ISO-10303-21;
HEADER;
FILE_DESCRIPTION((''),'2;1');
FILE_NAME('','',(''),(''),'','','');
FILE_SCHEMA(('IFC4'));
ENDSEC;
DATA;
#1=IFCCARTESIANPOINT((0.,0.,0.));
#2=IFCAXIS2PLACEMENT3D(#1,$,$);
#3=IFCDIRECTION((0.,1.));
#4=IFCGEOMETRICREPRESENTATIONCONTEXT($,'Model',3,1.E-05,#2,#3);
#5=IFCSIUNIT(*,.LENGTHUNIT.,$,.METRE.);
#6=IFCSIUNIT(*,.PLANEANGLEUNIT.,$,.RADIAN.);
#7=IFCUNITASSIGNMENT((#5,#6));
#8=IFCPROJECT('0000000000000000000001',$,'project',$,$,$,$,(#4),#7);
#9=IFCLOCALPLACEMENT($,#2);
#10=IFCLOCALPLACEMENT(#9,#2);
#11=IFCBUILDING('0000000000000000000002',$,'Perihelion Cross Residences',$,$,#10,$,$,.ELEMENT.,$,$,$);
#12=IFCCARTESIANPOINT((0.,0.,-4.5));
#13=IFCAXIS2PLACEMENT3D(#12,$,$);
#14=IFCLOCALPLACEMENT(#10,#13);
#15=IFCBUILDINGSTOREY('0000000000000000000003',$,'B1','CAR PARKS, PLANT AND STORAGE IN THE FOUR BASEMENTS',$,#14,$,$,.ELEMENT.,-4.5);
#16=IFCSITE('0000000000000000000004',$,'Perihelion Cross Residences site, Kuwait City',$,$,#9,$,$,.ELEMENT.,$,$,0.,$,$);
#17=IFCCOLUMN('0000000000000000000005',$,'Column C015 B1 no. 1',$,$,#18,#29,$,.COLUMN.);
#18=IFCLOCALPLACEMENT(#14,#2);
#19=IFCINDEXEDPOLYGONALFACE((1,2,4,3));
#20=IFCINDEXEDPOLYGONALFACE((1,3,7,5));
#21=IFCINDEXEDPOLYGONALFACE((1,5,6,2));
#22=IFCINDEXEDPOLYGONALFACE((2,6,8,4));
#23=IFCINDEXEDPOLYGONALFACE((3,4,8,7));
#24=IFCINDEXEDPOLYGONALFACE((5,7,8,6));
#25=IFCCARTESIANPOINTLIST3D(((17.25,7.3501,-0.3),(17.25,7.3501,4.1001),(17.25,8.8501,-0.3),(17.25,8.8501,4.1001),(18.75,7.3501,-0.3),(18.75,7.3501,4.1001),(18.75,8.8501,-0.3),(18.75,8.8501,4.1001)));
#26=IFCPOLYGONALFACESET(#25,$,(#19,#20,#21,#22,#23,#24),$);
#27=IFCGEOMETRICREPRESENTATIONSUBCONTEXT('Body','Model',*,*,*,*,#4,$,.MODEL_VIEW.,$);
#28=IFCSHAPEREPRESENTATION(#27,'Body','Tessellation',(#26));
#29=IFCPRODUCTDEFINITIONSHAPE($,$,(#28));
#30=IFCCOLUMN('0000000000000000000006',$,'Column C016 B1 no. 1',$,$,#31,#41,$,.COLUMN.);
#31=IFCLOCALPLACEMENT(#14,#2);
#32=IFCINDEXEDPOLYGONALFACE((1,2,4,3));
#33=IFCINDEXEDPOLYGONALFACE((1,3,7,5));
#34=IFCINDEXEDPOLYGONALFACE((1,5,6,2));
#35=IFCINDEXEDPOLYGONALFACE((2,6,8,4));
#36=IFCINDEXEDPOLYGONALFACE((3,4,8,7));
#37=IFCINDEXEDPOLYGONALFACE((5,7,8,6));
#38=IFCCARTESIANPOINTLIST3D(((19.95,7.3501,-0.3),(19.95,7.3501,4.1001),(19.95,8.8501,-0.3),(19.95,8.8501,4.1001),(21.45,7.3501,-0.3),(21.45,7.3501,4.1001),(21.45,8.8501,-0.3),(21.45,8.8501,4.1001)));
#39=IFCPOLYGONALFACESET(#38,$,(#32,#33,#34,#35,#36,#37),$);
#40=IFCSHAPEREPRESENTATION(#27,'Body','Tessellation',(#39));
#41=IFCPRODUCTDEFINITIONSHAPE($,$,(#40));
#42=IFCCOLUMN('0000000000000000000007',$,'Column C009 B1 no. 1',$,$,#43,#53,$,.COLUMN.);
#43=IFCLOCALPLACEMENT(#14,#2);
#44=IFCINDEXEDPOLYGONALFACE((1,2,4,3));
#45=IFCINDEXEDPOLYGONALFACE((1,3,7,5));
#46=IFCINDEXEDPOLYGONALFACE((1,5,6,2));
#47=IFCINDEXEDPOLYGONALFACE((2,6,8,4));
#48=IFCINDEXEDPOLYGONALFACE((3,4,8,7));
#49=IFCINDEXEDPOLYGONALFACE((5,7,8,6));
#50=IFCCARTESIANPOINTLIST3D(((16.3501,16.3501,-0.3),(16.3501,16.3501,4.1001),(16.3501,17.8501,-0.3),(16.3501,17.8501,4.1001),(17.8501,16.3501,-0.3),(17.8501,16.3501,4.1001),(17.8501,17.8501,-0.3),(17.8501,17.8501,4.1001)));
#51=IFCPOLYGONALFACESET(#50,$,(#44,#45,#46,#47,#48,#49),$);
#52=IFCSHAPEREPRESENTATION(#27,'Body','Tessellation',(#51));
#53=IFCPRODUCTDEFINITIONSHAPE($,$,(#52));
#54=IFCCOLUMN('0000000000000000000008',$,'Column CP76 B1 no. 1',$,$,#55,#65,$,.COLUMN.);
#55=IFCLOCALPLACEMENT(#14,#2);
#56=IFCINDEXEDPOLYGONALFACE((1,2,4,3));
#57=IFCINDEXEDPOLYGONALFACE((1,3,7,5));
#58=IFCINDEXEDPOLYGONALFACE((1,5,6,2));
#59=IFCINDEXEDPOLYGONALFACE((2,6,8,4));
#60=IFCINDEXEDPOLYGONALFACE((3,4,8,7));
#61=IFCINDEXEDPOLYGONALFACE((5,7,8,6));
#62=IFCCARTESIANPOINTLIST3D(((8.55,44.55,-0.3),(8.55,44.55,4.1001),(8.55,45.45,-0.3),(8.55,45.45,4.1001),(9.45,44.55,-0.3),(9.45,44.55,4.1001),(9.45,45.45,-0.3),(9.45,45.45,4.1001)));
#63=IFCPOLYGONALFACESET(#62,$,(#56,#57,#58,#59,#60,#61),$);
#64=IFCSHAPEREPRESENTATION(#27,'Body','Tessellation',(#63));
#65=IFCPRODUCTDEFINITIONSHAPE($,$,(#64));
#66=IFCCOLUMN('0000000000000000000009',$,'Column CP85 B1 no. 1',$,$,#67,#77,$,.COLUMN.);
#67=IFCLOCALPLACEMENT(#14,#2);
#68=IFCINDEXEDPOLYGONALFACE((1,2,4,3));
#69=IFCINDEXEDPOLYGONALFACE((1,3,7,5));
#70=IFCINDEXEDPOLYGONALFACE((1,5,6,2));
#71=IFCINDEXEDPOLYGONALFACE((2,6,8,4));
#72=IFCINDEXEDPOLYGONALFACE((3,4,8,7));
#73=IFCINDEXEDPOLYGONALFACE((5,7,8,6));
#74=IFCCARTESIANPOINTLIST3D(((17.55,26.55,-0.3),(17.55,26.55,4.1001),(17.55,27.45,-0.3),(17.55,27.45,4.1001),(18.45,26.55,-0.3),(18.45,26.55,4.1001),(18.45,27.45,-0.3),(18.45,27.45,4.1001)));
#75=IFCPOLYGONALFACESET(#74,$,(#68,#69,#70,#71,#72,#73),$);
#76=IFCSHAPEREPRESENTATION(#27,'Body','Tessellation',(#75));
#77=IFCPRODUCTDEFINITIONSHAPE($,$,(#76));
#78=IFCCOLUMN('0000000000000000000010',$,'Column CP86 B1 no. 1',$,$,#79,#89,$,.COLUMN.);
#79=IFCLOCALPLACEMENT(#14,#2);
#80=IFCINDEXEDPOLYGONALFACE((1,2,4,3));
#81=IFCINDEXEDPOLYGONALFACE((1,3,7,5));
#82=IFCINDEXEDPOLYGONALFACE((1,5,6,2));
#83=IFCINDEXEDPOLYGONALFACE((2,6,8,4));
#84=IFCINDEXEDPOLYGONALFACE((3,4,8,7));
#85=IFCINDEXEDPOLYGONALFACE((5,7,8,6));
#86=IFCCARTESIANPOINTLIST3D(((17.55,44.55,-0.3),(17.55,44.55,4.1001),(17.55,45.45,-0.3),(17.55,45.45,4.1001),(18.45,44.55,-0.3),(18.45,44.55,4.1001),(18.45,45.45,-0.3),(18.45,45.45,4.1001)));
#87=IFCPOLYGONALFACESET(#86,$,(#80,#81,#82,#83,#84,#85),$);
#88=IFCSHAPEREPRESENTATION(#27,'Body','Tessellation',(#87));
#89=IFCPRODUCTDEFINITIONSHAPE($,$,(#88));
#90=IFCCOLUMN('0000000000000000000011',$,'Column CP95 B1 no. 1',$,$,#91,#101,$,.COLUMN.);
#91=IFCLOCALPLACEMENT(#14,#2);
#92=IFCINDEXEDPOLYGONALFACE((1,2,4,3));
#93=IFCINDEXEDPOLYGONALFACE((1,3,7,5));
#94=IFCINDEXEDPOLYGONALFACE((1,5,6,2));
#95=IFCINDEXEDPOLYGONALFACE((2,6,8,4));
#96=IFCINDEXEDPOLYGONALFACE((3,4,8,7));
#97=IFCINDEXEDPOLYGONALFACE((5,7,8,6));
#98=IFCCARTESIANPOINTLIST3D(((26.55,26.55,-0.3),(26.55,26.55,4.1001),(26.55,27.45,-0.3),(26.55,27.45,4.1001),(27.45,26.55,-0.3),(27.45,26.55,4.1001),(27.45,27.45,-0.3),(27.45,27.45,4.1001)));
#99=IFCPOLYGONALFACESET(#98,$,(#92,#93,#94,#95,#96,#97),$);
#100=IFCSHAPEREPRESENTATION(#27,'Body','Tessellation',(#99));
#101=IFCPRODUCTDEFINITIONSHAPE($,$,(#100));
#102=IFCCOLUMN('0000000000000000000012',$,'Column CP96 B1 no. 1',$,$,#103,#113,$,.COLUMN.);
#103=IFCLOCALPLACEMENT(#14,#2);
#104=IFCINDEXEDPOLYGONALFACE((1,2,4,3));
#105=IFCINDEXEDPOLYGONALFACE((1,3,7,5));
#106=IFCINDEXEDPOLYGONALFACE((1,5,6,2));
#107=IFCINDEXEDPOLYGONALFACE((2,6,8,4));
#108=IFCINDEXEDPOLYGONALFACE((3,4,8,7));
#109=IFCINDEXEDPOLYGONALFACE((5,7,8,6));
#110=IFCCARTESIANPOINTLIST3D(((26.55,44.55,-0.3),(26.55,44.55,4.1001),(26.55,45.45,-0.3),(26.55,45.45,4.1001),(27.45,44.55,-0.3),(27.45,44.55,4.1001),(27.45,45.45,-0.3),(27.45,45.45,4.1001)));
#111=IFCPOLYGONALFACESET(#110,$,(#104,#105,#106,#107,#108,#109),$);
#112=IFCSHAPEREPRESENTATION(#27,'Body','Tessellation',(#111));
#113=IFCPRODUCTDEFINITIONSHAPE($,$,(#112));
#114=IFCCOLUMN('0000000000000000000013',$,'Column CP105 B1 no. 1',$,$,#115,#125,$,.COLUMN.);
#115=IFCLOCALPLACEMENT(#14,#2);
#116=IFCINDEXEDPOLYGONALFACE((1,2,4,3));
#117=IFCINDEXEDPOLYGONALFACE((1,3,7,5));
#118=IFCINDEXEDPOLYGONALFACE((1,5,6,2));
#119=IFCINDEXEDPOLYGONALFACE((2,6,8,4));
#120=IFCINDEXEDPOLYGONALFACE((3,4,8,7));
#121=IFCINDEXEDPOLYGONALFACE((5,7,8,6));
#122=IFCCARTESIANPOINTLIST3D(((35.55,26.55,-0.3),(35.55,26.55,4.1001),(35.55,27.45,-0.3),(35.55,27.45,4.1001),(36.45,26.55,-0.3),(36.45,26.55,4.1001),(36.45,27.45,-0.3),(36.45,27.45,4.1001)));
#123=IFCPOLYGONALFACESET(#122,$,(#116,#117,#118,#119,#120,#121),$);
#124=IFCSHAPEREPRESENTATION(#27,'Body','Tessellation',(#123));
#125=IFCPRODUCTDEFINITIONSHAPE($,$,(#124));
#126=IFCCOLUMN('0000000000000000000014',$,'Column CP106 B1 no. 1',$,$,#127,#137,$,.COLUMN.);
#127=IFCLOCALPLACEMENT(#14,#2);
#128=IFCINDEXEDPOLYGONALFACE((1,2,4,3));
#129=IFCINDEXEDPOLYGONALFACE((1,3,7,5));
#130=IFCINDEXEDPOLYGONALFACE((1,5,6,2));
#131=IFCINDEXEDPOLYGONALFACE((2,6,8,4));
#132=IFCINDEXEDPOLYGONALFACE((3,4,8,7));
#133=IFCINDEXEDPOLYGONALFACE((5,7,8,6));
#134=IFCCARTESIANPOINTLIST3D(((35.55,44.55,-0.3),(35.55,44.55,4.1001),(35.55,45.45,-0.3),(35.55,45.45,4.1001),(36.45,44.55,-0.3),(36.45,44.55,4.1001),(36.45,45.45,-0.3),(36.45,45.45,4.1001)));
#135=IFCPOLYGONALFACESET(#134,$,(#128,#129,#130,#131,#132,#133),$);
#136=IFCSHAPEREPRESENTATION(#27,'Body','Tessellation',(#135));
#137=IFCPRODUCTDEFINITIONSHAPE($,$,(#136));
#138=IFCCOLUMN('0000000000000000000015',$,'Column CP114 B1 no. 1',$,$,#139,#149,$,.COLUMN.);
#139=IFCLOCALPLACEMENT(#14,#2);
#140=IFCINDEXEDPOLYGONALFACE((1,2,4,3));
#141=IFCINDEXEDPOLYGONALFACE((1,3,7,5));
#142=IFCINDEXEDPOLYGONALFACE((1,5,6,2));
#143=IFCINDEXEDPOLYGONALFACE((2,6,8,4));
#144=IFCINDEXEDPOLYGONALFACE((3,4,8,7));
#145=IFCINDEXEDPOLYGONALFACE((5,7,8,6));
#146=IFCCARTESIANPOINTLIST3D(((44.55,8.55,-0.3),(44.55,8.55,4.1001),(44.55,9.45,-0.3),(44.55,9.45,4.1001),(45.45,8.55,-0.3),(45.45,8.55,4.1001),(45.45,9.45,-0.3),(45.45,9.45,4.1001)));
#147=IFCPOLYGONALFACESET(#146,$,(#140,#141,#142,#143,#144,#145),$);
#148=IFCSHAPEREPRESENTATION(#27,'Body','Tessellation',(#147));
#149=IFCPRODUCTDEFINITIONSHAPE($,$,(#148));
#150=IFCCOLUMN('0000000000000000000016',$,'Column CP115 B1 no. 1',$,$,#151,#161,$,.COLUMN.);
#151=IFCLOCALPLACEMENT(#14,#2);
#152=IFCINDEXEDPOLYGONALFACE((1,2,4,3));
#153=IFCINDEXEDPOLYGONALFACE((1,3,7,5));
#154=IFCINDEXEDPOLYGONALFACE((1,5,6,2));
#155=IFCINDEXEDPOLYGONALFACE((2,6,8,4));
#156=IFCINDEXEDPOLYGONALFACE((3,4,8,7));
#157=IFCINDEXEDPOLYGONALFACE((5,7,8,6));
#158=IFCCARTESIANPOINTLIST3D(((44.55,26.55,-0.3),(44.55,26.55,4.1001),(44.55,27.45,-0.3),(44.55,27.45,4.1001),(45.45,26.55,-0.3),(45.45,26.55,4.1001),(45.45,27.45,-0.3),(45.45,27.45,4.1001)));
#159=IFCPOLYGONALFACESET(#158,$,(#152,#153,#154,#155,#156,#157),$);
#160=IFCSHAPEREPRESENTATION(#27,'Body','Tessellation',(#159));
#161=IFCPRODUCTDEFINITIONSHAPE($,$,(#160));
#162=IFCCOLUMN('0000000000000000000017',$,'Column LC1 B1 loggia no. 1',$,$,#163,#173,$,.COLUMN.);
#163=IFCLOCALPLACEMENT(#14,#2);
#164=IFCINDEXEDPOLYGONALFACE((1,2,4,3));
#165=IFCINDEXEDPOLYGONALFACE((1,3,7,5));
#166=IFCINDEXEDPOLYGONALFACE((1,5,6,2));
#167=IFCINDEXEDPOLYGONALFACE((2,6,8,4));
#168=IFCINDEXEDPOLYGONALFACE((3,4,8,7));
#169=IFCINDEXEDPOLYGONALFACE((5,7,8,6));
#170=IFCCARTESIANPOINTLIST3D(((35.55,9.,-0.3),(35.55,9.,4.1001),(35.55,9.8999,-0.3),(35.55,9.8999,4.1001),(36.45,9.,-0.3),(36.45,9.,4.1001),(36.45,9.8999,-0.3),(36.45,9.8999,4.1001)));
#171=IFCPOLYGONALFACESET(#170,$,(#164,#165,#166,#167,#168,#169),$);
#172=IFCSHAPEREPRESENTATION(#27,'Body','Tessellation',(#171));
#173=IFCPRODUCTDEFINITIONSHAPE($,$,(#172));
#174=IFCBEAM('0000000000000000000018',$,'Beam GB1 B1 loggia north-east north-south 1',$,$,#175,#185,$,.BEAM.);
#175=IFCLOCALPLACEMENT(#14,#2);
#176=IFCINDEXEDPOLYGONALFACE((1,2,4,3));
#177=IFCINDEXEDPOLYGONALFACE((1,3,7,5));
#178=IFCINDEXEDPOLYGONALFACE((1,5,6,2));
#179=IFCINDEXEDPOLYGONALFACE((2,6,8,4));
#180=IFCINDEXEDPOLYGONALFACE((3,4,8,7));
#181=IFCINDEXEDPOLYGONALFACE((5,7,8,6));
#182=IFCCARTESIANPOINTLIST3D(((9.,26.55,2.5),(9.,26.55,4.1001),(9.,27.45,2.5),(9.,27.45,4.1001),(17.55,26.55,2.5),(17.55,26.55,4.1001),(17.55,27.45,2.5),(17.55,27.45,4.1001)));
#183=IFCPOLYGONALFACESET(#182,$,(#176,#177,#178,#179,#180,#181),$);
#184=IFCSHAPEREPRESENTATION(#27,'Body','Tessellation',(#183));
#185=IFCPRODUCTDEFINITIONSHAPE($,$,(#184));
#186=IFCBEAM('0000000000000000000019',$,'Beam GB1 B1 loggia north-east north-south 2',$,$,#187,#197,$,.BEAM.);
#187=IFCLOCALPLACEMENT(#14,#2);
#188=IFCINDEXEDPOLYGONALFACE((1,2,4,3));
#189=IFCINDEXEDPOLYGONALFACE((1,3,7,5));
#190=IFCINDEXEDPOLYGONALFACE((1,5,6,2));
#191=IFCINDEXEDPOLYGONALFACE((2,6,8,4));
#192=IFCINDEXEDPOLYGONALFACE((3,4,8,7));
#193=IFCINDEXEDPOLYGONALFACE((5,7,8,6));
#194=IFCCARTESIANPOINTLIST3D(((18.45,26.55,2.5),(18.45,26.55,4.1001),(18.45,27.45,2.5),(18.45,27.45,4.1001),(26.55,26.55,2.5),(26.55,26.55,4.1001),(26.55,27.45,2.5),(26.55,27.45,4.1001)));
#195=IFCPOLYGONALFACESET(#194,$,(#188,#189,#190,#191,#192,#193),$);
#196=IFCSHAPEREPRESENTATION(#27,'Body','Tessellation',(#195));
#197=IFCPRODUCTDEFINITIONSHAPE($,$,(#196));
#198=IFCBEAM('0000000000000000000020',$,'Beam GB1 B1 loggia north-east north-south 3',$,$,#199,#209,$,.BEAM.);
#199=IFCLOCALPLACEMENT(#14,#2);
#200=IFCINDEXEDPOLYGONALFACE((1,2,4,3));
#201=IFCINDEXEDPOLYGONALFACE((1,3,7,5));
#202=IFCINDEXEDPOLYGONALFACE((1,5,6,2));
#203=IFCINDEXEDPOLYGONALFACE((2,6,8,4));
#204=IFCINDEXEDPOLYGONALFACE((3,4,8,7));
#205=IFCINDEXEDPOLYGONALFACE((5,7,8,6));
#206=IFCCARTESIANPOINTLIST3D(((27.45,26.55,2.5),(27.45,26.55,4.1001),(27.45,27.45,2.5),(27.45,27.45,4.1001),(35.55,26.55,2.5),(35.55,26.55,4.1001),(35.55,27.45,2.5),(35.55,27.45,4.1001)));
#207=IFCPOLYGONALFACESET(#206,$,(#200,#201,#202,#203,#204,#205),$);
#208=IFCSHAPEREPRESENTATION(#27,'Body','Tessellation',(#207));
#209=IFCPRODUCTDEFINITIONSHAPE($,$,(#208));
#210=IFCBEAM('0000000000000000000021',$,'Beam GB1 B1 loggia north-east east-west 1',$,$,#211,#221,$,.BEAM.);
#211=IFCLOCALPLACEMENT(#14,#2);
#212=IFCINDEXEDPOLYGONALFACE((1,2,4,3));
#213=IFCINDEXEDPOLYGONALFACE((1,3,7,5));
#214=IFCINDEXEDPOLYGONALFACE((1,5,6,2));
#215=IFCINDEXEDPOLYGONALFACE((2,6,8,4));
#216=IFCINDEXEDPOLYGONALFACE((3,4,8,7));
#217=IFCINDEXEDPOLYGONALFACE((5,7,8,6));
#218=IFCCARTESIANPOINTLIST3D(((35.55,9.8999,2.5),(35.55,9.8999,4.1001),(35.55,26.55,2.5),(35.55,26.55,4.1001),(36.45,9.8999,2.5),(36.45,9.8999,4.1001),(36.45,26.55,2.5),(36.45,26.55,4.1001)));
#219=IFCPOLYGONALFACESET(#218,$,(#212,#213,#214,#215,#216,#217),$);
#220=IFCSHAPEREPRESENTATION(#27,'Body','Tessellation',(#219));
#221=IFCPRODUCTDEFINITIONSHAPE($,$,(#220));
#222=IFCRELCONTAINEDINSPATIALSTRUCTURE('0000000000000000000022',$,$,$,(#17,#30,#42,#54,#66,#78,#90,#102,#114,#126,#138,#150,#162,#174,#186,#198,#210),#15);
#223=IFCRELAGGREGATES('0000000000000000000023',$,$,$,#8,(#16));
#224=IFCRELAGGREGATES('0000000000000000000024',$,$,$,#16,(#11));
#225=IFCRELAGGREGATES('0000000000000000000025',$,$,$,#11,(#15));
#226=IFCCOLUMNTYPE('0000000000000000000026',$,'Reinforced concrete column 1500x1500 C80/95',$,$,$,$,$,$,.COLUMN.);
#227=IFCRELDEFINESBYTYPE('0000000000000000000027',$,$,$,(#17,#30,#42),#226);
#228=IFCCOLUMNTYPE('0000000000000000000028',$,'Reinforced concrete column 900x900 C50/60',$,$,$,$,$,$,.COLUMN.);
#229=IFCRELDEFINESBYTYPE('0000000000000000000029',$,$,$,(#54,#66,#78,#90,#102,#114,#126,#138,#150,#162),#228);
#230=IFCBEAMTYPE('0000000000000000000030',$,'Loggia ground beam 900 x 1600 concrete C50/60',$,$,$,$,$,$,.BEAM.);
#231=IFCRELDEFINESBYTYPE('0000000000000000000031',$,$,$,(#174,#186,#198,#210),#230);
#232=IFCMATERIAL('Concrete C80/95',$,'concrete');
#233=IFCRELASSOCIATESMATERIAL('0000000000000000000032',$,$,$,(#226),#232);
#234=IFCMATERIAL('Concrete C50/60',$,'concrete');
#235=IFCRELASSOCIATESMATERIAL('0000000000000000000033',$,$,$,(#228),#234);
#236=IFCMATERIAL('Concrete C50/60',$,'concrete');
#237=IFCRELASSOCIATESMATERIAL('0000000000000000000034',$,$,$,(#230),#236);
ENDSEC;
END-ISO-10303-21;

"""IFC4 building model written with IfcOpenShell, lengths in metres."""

from ifc_helpers import new_model, si_unit, direction, frame, origin, origin_2d, place, context, subcontext, project, spatial, rectangle, extrude, material, material_profile, profile_set, type_object, element, save


model = new_model("IFC4")

# Units and contexts
model_context = context("Model", 3, precision=1e-05, world=origin(), true_north=direction((0.0, 1.0)))
body_context = subcontext(model_context, "Body", "Model", "MODEL_VIEW")
ifc_project = project(units=[si_unit("LENGTHUNIT", "METRE"), si_unit("PLANEANGLEUNIT", "RADIAN")], contexts=[model_context])

# Site, building, storey
site_placement = place(None, origin())
site = spatial("IfcSite", under=ifc_project, at=site_placement, Name="Perihelion Cross Residences site, Kuwait City", CompositionType="ELEMENT", RefElevation=0.0)
building_placement = place(site_placement, origin())
building = spatial("IfcBuilding", under=site, at=building_placement, Name="Perihelion Cross Residences", CompositionType="ELEMENT")
storey_placement = place(building_placement, frame((0.0, 0.0, -4.5)))
storey = spatial("IfcBuildingStorey", under=building, at=storey_placement, Name="B1", Description="CAR PARKS, PLANT AND STORAGE IN THE FOUR BASEMENTS", CompositionType="ELEMENT", Elevation=-4.5)

# Columns
ifc_material_1 = material(Name="Concrete C80/95", Category="concrete")
ifc_material_profile_1 = material_profile(ifc_material_1, rectangle(XDim=1.5, YDim=1.5, at=origin_2d()), Name="RC 1500x1500")
ifc_profile_set_1 = profile_set([ifc_material_profile_1], Name="Concrete C80/95")
column_type_1 = type_object("IfcColumnType", Name="Reinforced concrete column 1500x1500 C80/95", PredefinedType="COLUMN", material=ifc_profile_set_1)
for number, where, z_axis, x_axis, name in (
    (1, (18.0, 8.1001, -0.3), (0.0, 0.0, 1.0), (1.0, 0.0, 0.0), "Column C015 B1 no. 1"),
    (2, (20.7, 8.1001, -0.3), (0.0, 0.0, 1.0), (1.0, 0.0, 0.0), "Column C016 B1 no. 1"),
    (3, (17.1001, 17.1001, -0.3), (0.0, 0.0, 1.0), (1.0, 0.0, 0.0), "Column C009 B1 no. 1"),
):
    element("IfcColumn", number, at=place(storey_placement, frame(where, z_axis=z_axis, x_axis=x_axis)), inside=storey, type_object=column_type_1, Name=name, PredefinedType="COLUMN", context=body_context, shape_type="SweptSolid", body=[
        extrude(rectangle(XDim=1.5, YDim=1.5, at=origin_2d()), origin(), (0.0, 0.0, 1.0), 4.4001),
    ])
ifc_material_2 = material(Name="Concrete C50/60", Category="concrete")
ifc_material_profile_2 = material_profile(ifc_material_2, rectangle(XDim=0.8999, YDim=0.8999, at=origin_2d()), Name="RC 900x900")
ifc_profile_set_2 = profile_set([ifc_material_profile_2], Name="Concrete C50/60")
column_type_2 = type_object("IfcColumnType", Name="Reinforced concrete column 900x900 C50/60", PredefinedType="COLUMN", material=ifc_profile_set_2)
for number, where, z_axis, x_axis, name in (
    (4, (9.0, 45.0, -0.3), (0.0, 0.0, 1.0), (1.0, 0.0, 0.0), "Column CP76 B1 no. 1"),
    (5, (18.0, 27.0, -0.3), (0.0, 0.0, 1.0), (1.0, 0.0, 0.0), "Column CP85 B1 no. 1"),
    (6, (18.0, 45.0, -0.3), (0.0, 0.0, 1.0), (1.0, 0.0, 0.0), "Column CP86 B1 no. 1"),
    (7, (27.0, 27.0, -0.3), (0.0, 0.0, 1.0), (1.0, 0.0, 0.0), "Column CP95 B1 no. 1"),
    (8, (27.0, 45.0, -0.3), (0.0, 0.0, 1.0), (1.0, 0.0, 0.0), "Column CP96 B1 no. 1"),
    (9, (36.0, 27.0, -0.3), (0.0, 0.0, 1.0), (1.0, 0.0, 0.0), "Column CP105 B1 no. 1"),
    (10, (36.0, 45.0, -0.3), (0.0, 0.0, 1.0), (1.0, 0.0, 0.0), "Column CP106 B1 no. 1"),
    (11, (45.0, 9.0, -0.3), (0.0, 0.0, 1.0), (1.0, 0.0, 0.0), "Column CP114 B1 no. 1"),
    (12, (45.0, 27.0, -0.3), (0.0, 0.0, 1.0), (1.0, 0.0, 0.0), "Column CP115 B1 no. 1"),
    (13, (36.0, 9.45, -0.3), (0.0, 0.0, 1.0), (1.0, 0.0, 0.0), "Column LC1 B1 loggia no. 1"),
):
    element("IfcColumn", number, at=place(storey_placement, frame(where, z_axis=z_axis, x_axis=x_axis)), inside=storey, type_object=column_type_2, Name=name, PredefinedType="COLUMN", context=body_context, shape_type="SweptSolid", body=[
        extrude(rectangle(XDim=0.8999, YDim=0.8999, at=origin_2d()), origin(), (0.0, 0.0, 1.0), 4.4001),
    ])

# Beams
ifc_material_3 = material(Name="Concrete C50/60", Category="concrete")
ifc_material_profile_3 = material_profile(ifc_material_3, rectangle(XDim=0.8999, YDim=1.6001, at=origin_2d()), Name="RC 900x1600")
ifc_profile_set_3 = profile_set([ifc_material_profile_3], Name="Concrete C50/60")
beam_type = type_object("IfcBeamType", Name="Loggia ground beam 900 x 1600 concrete C50/60", PredefinedType="BEAM", material=ifc_profile_set_3)
beam_1_placement = place(storey_placement, frame((9.0, 27.0, 3.3), z_axis=(1.0, 0.0, 0.0), x_axis=(0.0, 1.0, 0.0)))
element("IfcBeam", 14, at=beam_1_placement, inside=storey, type_object=beam_type, Name="Beam GB1 B1 loggia north-east north-south 1", PredefinedType="BEAM", context=body_context, shape_type="SweptSolid", body=[
    extrude(rectangle(XDim=0.8999, YDim=1.6001, at=origin_2d()), origin(), (0.0, 0.0, 1.0), 8.55),
])
for number, where, z_axis, x_axis, name in (
    (15, (18.45, 27.0, 3.3), (1.0, 0.0, 0.0), (0.0, 1.0, 0.0), "Beam GB1 B1 loggia north-east north-south 2"),
    (16, (27.45, 27.0, 3.3), (1.0, 0.0, 0.0), (0.0, 1.0, 0.0), "Beam GB1 B1 loggia north-east north-south 3"),
):
    element("IfcBeam", number, at=place(storey_placement, frame(where, z_axis=z_axis, x_axis=x_axis)), inside=storey, type_object=beam_type, Name=name, PredefinedType="BEAM", context=body_context, shape_type="SweptSolid", body=[
        extrude(rectangle(XDim=0.8999, YDim=1.6001, at=origin_2d()), origin(), (0.0, 0.0, 1.0), 8.1001),
    ])
beam_2_placement = place(storey_placement, frame((36.0, 9.8999, 3.3), z_axis=(0.0, 1.0, 0.0), x_axis=(-1.0, 0.0, 0.0)))
element("IfcBeam", 17, at=beam_2_placement, inside=storey, type_object=beam_type, Name="Beam GB1 B1 loggia north-east east-west 1", PredefinedType="BEAM", context=body_context, shape_type="SweptSolid", body=[
    extrude(rectangle(XDim=0.8999, YDim=1.6001, at=origin_2d()), origin(), (0.0, 0.0, 1.0), 16.6501),
])

save(model, "model.ifc")
